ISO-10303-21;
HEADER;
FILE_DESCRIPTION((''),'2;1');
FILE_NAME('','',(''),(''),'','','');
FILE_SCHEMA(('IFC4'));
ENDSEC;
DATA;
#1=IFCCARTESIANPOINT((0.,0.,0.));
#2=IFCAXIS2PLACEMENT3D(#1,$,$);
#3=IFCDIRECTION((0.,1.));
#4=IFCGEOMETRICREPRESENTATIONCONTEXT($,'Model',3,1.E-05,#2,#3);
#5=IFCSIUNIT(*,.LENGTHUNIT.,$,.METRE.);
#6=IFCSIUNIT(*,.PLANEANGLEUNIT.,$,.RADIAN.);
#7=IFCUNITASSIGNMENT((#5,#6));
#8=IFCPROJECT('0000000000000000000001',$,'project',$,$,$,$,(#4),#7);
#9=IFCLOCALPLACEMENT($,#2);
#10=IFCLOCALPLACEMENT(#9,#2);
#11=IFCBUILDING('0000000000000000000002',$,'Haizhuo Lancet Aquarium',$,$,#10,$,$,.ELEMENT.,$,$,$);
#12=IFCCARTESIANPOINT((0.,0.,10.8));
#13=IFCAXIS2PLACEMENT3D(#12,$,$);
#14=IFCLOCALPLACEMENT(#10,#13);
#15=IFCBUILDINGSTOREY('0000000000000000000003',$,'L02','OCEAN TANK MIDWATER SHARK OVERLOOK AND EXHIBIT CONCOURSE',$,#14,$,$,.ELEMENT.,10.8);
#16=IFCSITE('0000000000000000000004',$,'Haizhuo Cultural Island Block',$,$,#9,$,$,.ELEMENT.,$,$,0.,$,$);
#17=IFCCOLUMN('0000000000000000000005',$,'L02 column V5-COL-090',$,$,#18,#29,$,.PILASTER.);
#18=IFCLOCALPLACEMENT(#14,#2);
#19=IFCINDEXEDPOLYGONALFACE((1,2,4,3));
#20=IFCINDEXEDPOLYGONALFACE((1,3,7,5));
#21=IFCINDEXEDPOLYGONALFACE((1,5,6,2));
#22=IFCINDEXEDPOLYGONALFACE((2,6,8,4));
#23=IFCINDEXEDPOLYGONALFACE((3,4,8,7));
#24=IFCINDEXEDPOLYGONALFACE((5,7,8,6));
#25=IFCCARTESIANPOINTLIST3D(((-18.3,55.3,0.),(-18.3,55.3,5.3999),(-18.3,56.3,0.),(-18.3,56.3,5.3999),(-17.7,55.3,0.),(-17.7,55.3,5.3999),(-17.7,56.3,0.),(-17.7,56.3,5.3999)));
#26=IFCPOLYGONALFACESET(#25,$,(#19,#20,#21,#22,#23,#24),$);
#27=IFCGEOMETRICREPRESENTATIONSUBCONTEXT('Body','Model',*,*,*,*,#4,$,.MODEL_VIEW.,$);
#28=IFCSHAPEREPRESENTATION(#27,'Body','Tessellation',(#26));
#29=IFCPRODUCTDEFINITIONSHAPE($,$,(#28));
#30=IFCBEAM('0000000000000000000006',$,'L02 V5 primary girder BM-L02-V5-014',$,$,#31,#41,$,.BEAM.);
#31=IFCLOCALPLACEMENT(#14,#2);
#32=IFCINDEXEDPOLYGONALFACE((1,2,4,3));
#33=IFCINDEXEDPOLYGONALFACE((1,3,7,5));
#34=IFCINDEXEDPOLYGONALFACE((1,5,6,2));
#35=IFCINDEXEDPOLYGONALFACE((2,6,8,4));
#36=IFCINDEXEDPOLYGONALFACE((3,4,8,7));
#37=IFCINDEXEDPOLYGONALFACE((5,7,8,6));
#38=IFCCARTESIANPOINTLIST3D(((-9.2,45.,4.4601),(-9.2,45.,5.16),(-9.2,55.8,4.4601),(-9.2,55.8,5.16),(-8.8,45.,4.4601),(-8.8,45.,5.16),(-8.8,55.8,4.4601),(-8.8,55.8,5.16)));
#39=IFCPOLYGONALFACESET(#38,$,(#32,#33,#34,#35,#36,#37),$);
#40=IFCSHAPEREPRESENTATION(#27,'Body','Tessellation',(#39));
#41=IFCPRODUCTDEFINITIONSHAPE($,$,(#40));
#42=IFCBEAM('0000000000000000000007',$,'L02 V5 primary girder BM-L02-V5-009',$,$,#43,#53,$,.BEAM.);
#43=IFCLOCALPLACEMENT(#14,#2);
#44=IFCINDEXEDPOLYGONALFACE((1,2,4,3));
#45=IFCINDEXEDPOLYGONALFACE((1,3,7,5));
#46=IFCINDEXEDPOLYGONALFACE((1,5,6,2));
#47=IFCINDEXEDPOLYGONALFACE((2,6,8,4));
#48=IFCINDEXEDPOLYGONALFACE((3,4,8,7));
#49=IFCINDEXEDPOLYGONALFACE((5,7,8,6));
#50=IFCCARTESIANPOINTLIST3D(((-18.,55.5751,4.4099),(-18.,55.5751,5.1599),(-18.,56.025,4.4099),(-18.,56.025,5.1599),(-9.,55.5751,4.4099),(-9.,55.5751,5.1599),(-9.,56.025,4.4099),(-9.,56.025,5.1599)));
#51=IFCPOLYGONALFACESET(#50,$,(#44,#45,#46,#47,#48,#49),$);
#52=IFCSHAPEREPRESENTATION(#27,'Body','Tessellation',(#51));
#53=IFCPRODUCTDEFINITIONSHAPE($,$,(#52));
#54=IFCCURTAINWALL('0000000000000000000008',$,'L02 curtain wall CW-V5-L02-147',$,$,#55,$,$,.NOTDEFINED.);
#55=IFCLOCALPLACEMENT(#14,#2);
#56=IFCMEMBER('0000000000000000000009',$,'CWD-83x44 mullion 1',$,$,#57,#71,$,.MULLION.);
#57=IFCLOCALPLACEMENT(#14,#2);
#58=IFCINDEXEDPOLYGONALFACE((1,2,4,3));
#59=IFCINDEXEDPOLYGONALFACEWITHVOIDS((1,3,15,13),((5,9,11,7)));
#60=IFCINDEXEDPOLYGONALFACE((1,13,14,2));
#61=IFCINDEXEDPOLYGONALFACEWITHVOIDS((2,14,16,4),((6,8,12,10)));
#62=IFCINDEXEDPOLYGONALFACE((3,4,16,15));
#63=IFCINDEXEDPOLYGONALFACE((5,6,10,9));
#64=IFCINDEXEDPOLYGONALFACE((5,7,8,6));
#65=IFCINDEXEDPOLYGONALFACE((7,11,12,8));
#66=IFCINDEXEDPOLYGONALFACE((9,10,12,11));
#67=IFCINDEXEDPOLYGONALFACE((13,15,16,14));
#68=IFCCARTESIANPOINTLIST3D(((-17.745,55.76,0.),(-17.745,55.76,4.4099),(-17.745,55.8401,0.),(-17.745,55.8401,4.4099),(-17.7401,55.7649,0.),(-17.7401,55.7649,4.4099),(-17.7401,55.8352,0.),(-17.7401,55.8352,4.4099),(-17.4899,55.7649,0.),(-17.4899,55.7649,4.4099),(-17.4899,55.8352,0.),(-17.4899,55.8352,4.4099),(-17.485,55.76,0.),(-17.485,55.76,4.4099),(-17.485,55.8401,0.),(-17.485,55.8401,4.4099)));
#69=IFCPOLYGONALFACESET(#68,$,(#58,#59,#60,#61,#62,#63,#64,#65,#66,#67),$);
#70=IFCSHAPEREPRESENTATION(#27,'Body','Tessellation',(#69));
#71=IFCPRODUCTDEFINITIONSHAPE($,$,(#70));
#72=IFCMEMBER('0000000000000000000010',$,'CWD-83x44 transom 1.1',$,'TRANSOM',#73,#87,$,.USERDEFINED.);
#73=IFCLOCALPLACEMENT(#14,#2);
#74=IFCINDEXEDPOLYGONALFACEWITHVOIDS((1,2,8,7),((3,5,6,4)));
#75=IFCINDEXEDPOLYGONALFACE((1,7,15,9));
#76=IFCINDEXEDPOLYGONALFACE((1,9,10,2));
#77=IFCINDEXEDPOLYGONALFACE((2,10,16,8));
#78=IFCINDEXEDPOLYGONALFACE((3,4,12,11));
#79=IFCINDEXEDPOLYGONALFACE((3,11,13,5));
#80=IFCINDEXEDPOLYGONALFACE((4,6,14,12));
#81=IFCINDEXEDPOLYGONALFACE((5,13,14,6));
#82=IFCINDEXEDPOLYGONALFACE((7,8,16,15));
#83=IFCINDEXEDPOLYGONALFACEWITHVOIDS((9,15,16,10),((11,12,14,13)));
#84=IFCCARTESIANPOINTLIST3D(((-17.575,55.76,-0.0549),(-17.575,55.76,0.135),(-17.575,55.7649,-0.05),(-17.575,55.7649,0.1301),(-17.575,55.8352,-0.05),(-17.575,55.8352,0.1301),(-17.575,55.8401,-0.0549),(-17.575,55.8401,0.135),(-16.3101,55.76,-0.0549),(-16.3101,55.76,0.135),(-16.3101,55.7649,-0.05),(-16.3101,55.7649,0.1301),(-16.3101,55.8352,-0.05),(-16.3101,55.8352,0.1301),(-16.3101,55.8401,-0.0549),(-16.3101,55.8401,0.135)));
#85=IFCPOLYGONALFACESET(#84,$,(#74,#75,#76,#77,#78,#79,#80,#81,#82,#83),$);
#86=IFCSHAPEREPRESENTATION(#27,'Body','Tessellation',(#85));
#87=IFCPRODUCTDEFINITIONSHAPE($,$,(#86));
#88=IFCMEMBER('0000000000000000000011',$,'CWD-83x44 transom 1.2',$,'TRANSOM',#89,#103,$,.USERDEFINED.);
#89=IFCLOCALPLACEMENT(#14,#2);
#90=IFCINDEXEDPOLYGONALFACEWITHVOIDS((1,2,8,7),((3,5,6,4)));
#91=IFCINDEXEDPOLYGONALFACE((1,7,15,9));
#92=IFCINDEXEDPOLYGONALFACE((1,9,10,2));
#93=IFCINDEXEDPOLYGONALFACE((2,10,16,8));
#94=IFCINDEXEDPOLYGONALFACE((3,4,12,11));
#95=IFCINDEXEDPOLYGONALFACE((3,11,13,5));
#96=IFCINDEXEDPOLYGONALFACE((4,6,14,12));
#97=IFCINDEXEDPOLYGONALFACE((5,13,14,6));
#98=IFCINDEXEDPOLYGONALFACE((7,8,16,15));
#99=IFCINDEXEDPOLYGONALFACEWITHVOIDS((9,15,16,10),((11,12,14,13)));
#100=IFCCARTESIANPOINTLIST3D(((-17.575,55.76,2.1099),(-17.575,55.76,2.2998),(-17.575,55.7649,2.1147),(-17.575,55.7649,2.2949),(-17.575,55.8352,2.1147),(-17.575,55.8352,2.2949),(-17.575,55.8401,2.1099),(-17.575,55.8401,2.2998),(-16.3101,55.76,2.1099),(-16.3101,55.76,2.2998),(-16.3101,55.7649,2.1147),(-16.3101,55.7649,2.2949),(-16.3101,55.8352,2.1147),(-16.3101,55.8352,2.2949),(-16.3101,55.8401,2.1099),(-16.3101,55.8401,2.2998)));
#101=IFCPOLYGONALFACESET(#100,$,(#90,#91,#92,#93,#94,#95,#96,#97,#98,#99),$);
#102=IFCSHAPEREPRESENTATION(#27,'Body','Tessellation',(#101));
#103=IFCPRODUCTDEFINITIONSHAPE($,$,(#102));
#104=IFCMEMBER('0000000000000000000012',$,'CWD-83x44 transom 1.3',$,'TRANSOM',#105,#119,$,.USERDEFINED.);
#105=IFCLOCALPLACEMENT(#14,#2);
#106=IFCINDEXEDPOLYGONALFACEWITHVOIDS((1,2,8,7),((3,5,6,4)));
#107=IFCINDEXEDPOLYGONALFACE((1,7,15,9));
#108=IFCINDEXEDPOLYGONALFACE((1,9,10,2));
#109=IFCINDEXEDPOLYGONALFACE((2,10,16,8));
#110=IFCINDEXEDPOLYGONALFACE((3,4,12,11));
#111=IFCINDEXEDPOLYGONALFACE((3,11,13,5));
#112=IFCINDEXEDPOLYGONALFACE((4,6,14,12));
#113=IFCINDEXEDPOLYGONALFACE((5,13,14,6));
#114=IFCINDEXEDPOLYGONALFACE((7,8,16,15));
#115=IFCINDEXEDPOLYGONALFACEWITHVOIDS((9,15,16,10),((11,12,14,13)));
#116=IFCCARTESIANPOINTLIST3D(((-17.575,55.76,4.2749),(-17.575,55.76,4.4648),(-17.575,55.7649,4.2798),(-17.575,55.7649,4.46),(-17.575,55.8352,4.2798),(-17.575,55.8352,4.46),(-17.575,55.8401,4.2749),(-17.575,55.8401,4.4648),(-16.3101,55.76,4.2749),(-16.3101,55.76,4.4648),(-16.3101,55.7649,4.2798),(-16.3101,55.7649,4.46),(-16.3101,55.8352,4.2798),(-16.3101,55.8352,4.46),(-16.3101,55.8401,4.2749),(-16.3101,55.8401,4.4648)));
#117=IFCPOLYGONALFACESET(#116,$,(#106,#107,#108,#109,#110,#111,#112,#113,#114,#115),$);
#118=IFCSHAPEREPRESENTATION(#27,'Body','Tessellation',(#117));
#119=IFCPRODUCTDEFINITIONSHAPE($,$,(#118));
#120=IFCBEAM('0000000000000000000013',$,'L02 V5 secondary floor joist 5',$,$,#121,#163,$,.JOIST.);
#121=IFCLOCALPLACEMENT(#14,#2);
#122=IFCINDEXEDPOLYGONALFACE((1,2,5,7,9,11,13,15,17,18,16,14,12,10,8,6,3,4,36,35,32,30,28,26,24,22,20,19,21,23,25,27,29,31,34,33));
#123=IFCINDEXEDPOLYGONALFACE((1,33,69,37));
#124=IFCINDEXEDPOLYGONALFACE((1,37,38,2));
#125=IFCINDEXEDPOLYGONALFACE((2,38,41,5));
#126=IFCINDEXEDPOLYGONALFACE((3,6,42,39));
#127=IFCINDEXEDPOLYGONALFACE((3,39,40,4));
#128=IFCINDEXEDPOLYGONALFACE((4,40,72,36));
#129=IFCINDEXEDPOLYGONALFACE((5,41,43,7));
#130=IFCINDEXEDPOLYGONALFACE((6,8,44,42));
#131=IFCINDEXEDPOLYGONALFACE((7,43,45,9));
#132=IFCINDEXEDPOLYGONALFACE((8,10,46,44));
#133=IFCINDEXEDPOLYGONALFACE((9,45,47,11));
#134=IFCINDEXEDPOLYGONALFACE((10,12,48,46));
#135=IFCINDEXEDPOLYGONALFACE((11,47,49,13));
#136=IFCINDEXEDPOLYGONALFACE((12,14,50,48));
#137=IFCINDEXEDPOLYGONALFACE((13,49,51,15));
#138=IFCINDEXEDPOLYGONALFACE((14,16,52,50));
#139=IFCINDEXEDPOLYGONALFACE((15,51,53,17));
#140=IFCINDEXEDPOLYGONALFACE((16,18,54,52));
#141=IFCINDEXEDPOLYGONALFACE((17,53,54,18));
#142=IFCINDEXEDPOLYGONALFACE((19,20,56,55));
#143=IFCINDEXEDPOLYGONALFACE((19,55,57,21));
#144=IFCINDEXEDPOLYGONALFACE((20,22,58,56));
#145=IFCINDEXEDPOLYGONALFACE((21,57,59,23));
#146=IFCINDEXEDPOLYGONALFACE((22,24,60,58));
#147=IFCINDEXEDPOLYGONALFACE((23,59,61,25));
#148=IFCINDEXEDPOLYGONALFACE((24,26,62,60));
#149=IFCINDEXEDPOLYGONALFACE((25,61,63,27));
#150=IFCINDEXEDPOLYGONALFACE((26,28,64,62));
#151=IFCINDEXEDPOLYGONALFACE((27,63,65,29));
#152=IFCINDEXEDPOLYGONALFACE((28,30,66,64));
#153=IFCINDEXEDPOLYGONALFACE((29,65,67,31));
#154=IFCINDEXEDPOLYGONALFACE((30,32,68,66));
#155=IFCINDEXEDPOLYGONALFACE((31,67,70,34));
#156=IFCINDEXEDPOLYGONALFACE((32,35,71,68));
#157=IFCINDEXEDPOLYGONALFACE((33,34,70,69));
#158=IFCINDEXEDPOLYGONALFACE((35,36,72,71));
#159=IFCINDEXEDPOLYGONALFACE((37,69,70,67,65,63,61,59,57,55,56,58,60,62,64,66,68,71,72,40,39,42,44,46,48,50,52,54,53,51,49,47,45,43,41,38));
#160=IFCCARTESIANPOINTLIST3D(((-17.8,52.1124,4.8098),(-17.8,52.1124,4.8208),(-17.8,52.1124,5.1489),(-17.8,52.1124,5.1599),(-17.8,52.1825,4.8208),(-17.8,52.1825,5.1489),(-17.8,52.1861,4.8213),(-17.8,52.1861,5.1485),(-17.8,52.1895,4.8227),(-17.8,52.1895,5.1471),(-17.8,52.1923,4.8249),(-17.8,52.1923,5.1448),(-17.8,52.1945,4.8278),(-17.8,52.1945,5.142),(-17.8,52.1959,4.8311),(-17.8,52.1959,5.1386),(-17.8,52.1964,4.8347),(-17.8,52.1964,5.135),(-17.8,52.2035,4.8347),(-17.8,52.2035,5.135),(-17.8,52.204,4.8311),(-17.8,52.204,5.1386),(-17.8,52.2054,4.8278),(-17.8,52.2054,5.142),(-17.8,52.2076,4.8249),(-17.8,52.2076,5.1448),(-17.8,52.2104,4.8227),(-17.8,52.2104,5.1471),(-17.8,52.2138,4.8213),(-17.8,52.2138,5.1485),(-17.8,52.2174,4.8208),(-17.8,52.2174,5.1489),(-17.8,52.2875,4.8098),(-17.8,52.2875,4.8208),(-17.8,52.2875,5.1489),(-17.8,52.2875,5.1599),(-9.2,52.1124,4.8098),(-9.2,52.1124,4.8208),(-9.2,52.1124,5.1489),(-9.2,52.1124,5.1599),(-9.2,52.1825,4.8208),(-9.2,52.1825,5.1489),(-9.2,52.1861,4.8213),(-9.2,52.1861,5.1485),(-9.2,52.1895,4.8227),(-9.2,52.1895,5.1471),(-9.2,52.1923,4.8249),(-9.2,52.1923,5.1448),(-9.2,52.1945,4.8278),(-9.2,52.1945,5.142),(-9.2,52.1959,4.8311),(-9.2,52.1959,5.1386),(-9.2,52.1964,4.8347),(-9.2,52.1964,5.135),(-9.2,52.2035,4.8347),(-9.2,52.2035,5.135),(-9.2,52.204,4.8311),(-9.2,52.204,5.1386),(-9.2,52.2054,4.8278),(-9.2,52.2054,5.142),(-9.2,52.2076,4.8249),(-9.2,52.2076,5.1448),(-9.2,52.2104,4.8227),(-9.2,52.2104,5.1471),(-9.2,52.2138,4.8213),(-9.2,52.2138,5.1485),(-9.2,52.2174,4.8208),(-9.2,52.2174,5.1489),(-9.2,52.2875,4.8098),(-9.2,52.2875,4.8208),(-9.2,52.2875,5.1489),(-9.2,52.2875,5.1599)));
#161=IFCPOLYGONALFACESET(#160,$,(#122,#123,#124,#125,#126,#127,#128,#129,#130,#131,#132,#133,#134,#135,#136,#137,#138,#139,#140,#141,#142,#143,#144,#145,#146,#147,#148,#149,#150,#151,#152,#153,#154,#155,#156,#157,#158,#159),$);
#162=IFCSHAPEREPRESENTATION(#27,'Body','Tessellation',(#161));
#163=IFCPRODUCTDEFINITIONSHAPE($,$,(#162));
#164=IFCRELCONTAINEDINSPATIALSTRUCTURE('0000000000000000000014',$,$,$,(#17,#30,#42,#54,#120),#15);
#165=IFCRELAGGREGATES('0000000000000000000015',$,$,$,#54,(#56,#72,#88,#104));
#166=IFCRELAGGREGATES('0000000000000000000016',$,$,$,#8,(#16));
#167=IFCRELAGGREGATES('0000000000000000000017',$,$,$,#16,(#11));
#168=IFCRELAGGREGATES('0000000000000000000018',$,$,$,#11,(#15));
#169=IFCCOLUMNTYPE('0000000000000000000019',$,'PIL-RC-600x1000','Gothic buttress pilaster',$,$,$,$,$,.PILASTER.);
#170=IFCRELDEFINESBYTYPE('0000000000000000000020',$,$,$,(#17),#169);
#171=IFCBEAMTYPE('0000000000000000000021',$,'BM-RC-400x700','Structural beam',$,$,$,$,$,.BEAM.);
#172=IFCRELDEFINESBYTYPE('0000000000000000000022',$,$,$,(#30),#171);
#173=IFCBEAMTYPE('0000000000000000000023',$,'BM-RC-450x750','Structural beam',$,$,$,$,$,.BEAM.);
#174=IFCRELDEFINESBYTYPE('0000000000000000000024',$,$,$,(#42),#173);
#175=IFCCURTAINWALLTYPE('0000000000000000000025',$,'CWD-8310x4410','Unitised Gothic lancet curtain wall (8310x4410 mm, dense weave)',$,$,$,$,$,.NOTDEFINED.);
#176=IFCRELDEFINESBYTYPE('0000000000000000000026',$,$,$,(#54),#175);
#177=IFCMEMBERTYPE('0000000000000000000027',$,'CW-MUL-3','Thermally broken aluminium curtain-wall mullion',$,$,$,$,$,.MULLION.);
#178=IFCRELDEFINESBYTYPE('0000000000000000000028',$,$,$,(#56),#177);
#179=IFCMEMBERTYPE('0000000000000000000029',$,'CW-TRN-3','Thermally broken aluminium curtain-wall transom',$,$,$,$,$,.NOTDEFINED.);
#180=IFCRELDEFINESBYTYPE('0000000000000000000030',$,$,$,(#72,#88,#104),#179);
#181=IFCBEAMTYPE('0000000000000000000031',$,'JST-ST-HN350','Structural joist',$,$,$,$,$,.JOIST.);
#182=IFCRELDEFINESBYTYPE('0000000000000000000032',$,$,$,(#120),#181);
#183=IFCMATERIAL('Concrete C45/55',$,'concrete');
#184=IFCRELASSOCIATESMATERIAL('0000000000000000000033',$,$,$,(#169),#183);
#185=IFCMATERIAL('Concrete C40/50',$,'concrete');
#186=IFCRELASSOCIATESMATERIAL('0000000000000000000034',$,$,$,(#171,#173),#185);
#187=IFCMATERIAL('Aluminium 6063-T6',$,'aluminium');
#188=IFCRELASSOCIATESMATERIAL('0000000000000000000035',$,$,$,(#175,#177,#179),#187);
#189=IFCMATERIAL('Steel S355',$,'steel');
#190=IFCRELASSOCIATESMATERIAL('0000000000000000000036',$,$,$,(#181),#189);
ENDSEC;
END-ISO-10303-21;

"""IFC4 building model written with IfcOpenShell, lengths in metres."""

from ifc_helpers import new_model, si_unit, direction, frame, origin, origin_2d, place, context, subcontext, project, spatial, rectangle, hollow_rectangle, i_section, extrude, material, material_profile, profile_set, type_object, element, aggregate, save


model = new_model("IFC4")

# Units and contexts
model_context = context("Model", 3, precision=1e-05, world=origin(), true_north=direction((0.0, 1.0)))
body_context = subcontext(model_context, "Body", "Model", "MODEL_VIEW")
ifc_project = project(units=[si_unit("LENGTHUNIT", "METRE"), si_unit("PLANEANGLEUNIT", "RADIAN")], contexts=[model_context])

# Site, building, storey
site_placement = place(None, origin())
site = spatial("IfcSite", under=ifc_project, at=site_placement, Name="Haizhuo Cultural Island Block", CompositionType="ELEMENT", RefElevation=0.0)
building_placement = place(site_placement, origin())
building = spatial("IfcBuilding", under=site, at=building_placement, Name="Haizhuo Lancet Aquarium", CompositionType="ELEMENT")
storey_placement = place(building_placement, frame((0.0, 0.0, 10.8)))
storey = spatial("IfcBuildingStorey", under=building, at=storey_placement, Name="L02", Description="OCEAN TANK MIDWATER SHARK OVERLOOK AND EXHIBIT CONCOURSE", CompositionType="ELEMENT", Elevation=10.8)

# Column
ifc_material_1 = material(Name="Concrete C45/55", Category="concrete")
ifc_material_profile_1 = material_profile(ifc_material_1, rectangle(XDim=0.6001, YDim=1.0, at=origin_2d()), Name="RC-PIL 600x1000")
ifc_profile_set_1 = profile_set([ifc_material_profile_1], Name="Concrete C45/55")
column_type = type_object("IfcColumnType", Name="PIL-RC-600x1000", Description="Gothic buttress pilaster", PredefinedType="PILASTER", material=ifc_profile_set_1)
column_placement = place(storey_placement, frame((-18.0, 55.8, 0.0), z_axis=(0.0, 0.0, 1.0), x_axis=(1.0, 0.0, 0.0)))
element("IfcColumn", 1, at=column_placement, inside=storey, type_object=column_type, Name="L02 column V5-COL-090", PredefinedType="PILASTER", context=body_context, shape_type="SweptSolid", body=[
    extrude(rectangle(XDim=0.6001, YDim=1.0, at=origin_2d()), origin(), (0.0, 0.0, 1.0), 5.3999),
])

# Beams
ifc_material_2 = material(Name="Concrete C40/50", Category="concrete")
ifc_material_profile_2 = material_profile(ifc_material_2, rectangle(XDim=0.3999, YDim=0.7, at=origin_2d()), Name="RC-BM 400x700")
ifc_profile_set_2 = profile_set([ifc_material_profile_2], Name="Concrete C40/50")
beam_type_1 = type_object("IfcBeamType", Name="BM-RC-400x700", Description="Structural beam", PredefinedType="BEAM", material=ifc_profile_set_2)
beam_1_placement = place(storey_placement, frame((-9.0, 45.0, 4.8101), z_axis=(0.0, 1.0, 0.0), x_axis=(-1.0, 0.0, 0.0)))
element("IfcBeam", 2, at=beam_1_placement, inside=storey, type_object=beam_type_1, Name="L02 V5 primary girder BM-L02-V5-014", PredefinedType="BEAM", context=body_context, shape_type="SweptSolid", body=[
    extrude(rectangle(XDim=0.3999, YDim=0.7, at=origin_2d()), origin(), (0.0, 0.0, 1.0), 10.8),
])
ifc_material_profile_3 = material_profile(ifc_material_2, rectangle(XDim=0.45, YDim=0.75, at=origin_2d()), Name="RC-BM 450x750")
ifc_profile_set_3 = profile_set([ifc_material_profile_3], Name="Concrete C40/50")
beam_type_2 = type_object("IfcBeamType", Name="BM-RC-450x750", Description="Structural beam", PredefinedType="BEAM", material=ifc_profile_set_3)
beam_2_placement = place(storey_placement, frame((-18.0, 55.8, 4.7849), z_axis=(1.0, 0.0, 0.0), x_axis=(0.0, 1.0, 0.0)))
element("IfcBeam", 3, at=beam_2_placement, inside=storey, type_object=beam_type_2, Name="L02 V5 primary girder BM-L02-V5-009", PredefinedType="BEAM", context=body_context, shape_type="SweptSolid", body=[
    extrude(rectangle(XDim=0.45, YDim=0.75, at=origin_2d()), origin(), (0.0, 0.0, 1.0), 9.0),
])

# Curtain wall, members
ifc_material_3 = material(Name="Aluminium 6063-T6", Category="aluminium")
curtain_wall_type = type_object("IfcCurtainWallType", Name="CWD-8310x4410", Description="Unitised Gothic lancet curtain wall (8310x4410 mm, dense weave)", PredefinedType="NOTDEFINED", material=ifc_material_3)
curtain_wall_placement = place(storey_placement, origin())
curtain_wall = element("IfcCurtainWall", 4, at=curtain_wall_placement, inside=storey, type_object=curtain_wall_type, Name="L02 curtain wall CW-V5-L02-147", PredefinedType="NOTDEFINED")
ifc_material_profile_4 = material_profile(ifc_material_3, hollow_rectangle(XDim=0.0801, YDim=0.26, WallThickness=0.0049, at=origin_2d()), Name="ALU-M 80x260x5")
ifc_profile_set_4 = profile_set([ifc_material_profile_4], Name="Aluminium 6063-T6")
member_type_1 = type_object("IfcMemberType", Name="CW-MUL-3", Description="Thermally broken aluminium curtain-wall mullion", PredefinedType="MULLION", material=ifc_profile_set_4)
member_1_placement = place(storey_placement, frame((-17.615, 55.8, 0.0), z_axis=(0.0, 0.0, 1.0), x_axis=(0.0, 1.0, 0.0)))
member_1 = element("IfcMember", 5, at=member_1_placement, type_object=member_type_1, Name="CWD-83x44 mullion 1", PredefinedType="MULLION", context=body_context, shape_type="SweptSolid", body=[
    extrude(hollow_rectangle(XDim=0.0801, YDim=0.26, WallThickness=0.0049, at=origin_2d()), origin(), (0.0, 0.0, 1.0), 4.4099),
])
ifc_material_profile_5 = material_profile(ifc_material_3, hollow_rectangle(XDim=0.0801, YDim=0.1899, WallThickness=0.0049, at=origin_2d()), Name="ALU-T 80x190x5")
ifc_profile_set_5 = profile_set([ifc_material_profile_5], Name="Aluminium 6063-T6")
member_type_2 = type_object("IfcMemberType", Name="CW-TRN-3", Description="Thermally broken aluminium curtain-wall transom", PredefinedType="NOTDEFINED", material=ifc_profile_set_5)
member_2_placement = place(storey_placement, frame((-17.575, 55.8, 0.04), z_axis=(1.0, 0.0, 0.0), x_axis=(0.0, 1.0, 0.0)))
member_2 = element("IfcMember", 6, at=member_2_placement, type_object=member_type_2, Name="CWD-83x44 transom 1.1", ObjectType="TRANSOM", PredefinedType="USERDEFINED", context=body_context, shape_type="SweptSolid", body=[
    extrude(hollow_rectangle(XDim=0.0801, YDim=0.1899, WallThickness=0.0049, at=origin_2d()), origin(), (0.0, 0.0, 1.0), 1.2649),
])
member_3_placement = place(storey_placement, frame((-17.575, 55.8, 2.2048), z_axis=(1.0, 0.0, 0.0), x_axis=(0.0, 1.0, 0.0)))
member_3 = element("IfcMember", 7, at=member_3_placement, type_object=member_type_2, Name="CWD-83x44 transom 1.2", ObjectType="TRANSOM", PredefinedType="USERDEFINED", context=body_context, shape_type="SweptSolid", body=[
    extrude(hollow_rectangle(XDim=0.0801, YDim=0.1899, WallThickness=0.0049, at=origin_2d()), origin(), (0.0, 0.0, 1.0), 1.2649),
])
member_4_placement = place(storey_placement, frame((-17.575, 55.8, 4.3699), z_axis=(1.0, 0.0, 0.0), x_axis=(0.0, 1.0, 0.0)))
member_4 = element("IfcMember", 8, at=member_4_placement, type_object=member_type_2, Name="CWD-83x44 transom 1.3", ObjectType="TRANSOM", PredefinedType="USERDEFINED", context=body_context, shape_type="SweptSolid", body=[
    extrude(hollow_rectangle(XDim=0.0801, YDim=0.1899, WallThickness=0.0049, at=origin_2d()), origin(), (0.0, 0.0, 1.0), 1.2649),
])
aggregate(curtain_wall, [member_1, member_2, member_3, member_4])

# Beam
ifc_material_4 = material(Name="Steel S355", Category="steel")
ifc_material_profile_6 = material_profile(ifc_material_4, i_section(OverallWidth=0.175, OverallDepth=0.3501, WebThickness=0.0071, FlangeThickness=0.011, FilletRadius=0.0139, at=origin_2d()), Name="HN 350x175x7x11")
ifc_profile_set_6 = profile_set([ifc_material_profile_6], Name="Steel S355")
beam_type_3 = type_object("IfcBeamType", Name="JST-ST-HN350", Description="Structural joist", PredefinedType="JOIST", material=ifc_profile_set_6)
beam_3_placement = place(storey_placement, frame((-17.8, 52.2, 4.9849), z_axis=(1.0, 0.0, 0.0), x_axis=(0.0, 1.0, 0.0)))
element("IfcBeam", 9, at=beam_3_placement, inside=storey, type_object=beam_type_3, Name="L02 V5 secondary floor joist 5", PredefinedType="JOIST", context=body_context, shape_type="SweptSolid", body=[
    extrude(i_section(OverallWidth=0.175, OverallDepth=0.3501, WebThickness=0.0071, FlangeThickness=0.011, FilletRadius=0.0139, at=origin_2d()), origin(), (0.0, 0.0, 1.0), 8.6001),
])

save(model, "model.ifc")
